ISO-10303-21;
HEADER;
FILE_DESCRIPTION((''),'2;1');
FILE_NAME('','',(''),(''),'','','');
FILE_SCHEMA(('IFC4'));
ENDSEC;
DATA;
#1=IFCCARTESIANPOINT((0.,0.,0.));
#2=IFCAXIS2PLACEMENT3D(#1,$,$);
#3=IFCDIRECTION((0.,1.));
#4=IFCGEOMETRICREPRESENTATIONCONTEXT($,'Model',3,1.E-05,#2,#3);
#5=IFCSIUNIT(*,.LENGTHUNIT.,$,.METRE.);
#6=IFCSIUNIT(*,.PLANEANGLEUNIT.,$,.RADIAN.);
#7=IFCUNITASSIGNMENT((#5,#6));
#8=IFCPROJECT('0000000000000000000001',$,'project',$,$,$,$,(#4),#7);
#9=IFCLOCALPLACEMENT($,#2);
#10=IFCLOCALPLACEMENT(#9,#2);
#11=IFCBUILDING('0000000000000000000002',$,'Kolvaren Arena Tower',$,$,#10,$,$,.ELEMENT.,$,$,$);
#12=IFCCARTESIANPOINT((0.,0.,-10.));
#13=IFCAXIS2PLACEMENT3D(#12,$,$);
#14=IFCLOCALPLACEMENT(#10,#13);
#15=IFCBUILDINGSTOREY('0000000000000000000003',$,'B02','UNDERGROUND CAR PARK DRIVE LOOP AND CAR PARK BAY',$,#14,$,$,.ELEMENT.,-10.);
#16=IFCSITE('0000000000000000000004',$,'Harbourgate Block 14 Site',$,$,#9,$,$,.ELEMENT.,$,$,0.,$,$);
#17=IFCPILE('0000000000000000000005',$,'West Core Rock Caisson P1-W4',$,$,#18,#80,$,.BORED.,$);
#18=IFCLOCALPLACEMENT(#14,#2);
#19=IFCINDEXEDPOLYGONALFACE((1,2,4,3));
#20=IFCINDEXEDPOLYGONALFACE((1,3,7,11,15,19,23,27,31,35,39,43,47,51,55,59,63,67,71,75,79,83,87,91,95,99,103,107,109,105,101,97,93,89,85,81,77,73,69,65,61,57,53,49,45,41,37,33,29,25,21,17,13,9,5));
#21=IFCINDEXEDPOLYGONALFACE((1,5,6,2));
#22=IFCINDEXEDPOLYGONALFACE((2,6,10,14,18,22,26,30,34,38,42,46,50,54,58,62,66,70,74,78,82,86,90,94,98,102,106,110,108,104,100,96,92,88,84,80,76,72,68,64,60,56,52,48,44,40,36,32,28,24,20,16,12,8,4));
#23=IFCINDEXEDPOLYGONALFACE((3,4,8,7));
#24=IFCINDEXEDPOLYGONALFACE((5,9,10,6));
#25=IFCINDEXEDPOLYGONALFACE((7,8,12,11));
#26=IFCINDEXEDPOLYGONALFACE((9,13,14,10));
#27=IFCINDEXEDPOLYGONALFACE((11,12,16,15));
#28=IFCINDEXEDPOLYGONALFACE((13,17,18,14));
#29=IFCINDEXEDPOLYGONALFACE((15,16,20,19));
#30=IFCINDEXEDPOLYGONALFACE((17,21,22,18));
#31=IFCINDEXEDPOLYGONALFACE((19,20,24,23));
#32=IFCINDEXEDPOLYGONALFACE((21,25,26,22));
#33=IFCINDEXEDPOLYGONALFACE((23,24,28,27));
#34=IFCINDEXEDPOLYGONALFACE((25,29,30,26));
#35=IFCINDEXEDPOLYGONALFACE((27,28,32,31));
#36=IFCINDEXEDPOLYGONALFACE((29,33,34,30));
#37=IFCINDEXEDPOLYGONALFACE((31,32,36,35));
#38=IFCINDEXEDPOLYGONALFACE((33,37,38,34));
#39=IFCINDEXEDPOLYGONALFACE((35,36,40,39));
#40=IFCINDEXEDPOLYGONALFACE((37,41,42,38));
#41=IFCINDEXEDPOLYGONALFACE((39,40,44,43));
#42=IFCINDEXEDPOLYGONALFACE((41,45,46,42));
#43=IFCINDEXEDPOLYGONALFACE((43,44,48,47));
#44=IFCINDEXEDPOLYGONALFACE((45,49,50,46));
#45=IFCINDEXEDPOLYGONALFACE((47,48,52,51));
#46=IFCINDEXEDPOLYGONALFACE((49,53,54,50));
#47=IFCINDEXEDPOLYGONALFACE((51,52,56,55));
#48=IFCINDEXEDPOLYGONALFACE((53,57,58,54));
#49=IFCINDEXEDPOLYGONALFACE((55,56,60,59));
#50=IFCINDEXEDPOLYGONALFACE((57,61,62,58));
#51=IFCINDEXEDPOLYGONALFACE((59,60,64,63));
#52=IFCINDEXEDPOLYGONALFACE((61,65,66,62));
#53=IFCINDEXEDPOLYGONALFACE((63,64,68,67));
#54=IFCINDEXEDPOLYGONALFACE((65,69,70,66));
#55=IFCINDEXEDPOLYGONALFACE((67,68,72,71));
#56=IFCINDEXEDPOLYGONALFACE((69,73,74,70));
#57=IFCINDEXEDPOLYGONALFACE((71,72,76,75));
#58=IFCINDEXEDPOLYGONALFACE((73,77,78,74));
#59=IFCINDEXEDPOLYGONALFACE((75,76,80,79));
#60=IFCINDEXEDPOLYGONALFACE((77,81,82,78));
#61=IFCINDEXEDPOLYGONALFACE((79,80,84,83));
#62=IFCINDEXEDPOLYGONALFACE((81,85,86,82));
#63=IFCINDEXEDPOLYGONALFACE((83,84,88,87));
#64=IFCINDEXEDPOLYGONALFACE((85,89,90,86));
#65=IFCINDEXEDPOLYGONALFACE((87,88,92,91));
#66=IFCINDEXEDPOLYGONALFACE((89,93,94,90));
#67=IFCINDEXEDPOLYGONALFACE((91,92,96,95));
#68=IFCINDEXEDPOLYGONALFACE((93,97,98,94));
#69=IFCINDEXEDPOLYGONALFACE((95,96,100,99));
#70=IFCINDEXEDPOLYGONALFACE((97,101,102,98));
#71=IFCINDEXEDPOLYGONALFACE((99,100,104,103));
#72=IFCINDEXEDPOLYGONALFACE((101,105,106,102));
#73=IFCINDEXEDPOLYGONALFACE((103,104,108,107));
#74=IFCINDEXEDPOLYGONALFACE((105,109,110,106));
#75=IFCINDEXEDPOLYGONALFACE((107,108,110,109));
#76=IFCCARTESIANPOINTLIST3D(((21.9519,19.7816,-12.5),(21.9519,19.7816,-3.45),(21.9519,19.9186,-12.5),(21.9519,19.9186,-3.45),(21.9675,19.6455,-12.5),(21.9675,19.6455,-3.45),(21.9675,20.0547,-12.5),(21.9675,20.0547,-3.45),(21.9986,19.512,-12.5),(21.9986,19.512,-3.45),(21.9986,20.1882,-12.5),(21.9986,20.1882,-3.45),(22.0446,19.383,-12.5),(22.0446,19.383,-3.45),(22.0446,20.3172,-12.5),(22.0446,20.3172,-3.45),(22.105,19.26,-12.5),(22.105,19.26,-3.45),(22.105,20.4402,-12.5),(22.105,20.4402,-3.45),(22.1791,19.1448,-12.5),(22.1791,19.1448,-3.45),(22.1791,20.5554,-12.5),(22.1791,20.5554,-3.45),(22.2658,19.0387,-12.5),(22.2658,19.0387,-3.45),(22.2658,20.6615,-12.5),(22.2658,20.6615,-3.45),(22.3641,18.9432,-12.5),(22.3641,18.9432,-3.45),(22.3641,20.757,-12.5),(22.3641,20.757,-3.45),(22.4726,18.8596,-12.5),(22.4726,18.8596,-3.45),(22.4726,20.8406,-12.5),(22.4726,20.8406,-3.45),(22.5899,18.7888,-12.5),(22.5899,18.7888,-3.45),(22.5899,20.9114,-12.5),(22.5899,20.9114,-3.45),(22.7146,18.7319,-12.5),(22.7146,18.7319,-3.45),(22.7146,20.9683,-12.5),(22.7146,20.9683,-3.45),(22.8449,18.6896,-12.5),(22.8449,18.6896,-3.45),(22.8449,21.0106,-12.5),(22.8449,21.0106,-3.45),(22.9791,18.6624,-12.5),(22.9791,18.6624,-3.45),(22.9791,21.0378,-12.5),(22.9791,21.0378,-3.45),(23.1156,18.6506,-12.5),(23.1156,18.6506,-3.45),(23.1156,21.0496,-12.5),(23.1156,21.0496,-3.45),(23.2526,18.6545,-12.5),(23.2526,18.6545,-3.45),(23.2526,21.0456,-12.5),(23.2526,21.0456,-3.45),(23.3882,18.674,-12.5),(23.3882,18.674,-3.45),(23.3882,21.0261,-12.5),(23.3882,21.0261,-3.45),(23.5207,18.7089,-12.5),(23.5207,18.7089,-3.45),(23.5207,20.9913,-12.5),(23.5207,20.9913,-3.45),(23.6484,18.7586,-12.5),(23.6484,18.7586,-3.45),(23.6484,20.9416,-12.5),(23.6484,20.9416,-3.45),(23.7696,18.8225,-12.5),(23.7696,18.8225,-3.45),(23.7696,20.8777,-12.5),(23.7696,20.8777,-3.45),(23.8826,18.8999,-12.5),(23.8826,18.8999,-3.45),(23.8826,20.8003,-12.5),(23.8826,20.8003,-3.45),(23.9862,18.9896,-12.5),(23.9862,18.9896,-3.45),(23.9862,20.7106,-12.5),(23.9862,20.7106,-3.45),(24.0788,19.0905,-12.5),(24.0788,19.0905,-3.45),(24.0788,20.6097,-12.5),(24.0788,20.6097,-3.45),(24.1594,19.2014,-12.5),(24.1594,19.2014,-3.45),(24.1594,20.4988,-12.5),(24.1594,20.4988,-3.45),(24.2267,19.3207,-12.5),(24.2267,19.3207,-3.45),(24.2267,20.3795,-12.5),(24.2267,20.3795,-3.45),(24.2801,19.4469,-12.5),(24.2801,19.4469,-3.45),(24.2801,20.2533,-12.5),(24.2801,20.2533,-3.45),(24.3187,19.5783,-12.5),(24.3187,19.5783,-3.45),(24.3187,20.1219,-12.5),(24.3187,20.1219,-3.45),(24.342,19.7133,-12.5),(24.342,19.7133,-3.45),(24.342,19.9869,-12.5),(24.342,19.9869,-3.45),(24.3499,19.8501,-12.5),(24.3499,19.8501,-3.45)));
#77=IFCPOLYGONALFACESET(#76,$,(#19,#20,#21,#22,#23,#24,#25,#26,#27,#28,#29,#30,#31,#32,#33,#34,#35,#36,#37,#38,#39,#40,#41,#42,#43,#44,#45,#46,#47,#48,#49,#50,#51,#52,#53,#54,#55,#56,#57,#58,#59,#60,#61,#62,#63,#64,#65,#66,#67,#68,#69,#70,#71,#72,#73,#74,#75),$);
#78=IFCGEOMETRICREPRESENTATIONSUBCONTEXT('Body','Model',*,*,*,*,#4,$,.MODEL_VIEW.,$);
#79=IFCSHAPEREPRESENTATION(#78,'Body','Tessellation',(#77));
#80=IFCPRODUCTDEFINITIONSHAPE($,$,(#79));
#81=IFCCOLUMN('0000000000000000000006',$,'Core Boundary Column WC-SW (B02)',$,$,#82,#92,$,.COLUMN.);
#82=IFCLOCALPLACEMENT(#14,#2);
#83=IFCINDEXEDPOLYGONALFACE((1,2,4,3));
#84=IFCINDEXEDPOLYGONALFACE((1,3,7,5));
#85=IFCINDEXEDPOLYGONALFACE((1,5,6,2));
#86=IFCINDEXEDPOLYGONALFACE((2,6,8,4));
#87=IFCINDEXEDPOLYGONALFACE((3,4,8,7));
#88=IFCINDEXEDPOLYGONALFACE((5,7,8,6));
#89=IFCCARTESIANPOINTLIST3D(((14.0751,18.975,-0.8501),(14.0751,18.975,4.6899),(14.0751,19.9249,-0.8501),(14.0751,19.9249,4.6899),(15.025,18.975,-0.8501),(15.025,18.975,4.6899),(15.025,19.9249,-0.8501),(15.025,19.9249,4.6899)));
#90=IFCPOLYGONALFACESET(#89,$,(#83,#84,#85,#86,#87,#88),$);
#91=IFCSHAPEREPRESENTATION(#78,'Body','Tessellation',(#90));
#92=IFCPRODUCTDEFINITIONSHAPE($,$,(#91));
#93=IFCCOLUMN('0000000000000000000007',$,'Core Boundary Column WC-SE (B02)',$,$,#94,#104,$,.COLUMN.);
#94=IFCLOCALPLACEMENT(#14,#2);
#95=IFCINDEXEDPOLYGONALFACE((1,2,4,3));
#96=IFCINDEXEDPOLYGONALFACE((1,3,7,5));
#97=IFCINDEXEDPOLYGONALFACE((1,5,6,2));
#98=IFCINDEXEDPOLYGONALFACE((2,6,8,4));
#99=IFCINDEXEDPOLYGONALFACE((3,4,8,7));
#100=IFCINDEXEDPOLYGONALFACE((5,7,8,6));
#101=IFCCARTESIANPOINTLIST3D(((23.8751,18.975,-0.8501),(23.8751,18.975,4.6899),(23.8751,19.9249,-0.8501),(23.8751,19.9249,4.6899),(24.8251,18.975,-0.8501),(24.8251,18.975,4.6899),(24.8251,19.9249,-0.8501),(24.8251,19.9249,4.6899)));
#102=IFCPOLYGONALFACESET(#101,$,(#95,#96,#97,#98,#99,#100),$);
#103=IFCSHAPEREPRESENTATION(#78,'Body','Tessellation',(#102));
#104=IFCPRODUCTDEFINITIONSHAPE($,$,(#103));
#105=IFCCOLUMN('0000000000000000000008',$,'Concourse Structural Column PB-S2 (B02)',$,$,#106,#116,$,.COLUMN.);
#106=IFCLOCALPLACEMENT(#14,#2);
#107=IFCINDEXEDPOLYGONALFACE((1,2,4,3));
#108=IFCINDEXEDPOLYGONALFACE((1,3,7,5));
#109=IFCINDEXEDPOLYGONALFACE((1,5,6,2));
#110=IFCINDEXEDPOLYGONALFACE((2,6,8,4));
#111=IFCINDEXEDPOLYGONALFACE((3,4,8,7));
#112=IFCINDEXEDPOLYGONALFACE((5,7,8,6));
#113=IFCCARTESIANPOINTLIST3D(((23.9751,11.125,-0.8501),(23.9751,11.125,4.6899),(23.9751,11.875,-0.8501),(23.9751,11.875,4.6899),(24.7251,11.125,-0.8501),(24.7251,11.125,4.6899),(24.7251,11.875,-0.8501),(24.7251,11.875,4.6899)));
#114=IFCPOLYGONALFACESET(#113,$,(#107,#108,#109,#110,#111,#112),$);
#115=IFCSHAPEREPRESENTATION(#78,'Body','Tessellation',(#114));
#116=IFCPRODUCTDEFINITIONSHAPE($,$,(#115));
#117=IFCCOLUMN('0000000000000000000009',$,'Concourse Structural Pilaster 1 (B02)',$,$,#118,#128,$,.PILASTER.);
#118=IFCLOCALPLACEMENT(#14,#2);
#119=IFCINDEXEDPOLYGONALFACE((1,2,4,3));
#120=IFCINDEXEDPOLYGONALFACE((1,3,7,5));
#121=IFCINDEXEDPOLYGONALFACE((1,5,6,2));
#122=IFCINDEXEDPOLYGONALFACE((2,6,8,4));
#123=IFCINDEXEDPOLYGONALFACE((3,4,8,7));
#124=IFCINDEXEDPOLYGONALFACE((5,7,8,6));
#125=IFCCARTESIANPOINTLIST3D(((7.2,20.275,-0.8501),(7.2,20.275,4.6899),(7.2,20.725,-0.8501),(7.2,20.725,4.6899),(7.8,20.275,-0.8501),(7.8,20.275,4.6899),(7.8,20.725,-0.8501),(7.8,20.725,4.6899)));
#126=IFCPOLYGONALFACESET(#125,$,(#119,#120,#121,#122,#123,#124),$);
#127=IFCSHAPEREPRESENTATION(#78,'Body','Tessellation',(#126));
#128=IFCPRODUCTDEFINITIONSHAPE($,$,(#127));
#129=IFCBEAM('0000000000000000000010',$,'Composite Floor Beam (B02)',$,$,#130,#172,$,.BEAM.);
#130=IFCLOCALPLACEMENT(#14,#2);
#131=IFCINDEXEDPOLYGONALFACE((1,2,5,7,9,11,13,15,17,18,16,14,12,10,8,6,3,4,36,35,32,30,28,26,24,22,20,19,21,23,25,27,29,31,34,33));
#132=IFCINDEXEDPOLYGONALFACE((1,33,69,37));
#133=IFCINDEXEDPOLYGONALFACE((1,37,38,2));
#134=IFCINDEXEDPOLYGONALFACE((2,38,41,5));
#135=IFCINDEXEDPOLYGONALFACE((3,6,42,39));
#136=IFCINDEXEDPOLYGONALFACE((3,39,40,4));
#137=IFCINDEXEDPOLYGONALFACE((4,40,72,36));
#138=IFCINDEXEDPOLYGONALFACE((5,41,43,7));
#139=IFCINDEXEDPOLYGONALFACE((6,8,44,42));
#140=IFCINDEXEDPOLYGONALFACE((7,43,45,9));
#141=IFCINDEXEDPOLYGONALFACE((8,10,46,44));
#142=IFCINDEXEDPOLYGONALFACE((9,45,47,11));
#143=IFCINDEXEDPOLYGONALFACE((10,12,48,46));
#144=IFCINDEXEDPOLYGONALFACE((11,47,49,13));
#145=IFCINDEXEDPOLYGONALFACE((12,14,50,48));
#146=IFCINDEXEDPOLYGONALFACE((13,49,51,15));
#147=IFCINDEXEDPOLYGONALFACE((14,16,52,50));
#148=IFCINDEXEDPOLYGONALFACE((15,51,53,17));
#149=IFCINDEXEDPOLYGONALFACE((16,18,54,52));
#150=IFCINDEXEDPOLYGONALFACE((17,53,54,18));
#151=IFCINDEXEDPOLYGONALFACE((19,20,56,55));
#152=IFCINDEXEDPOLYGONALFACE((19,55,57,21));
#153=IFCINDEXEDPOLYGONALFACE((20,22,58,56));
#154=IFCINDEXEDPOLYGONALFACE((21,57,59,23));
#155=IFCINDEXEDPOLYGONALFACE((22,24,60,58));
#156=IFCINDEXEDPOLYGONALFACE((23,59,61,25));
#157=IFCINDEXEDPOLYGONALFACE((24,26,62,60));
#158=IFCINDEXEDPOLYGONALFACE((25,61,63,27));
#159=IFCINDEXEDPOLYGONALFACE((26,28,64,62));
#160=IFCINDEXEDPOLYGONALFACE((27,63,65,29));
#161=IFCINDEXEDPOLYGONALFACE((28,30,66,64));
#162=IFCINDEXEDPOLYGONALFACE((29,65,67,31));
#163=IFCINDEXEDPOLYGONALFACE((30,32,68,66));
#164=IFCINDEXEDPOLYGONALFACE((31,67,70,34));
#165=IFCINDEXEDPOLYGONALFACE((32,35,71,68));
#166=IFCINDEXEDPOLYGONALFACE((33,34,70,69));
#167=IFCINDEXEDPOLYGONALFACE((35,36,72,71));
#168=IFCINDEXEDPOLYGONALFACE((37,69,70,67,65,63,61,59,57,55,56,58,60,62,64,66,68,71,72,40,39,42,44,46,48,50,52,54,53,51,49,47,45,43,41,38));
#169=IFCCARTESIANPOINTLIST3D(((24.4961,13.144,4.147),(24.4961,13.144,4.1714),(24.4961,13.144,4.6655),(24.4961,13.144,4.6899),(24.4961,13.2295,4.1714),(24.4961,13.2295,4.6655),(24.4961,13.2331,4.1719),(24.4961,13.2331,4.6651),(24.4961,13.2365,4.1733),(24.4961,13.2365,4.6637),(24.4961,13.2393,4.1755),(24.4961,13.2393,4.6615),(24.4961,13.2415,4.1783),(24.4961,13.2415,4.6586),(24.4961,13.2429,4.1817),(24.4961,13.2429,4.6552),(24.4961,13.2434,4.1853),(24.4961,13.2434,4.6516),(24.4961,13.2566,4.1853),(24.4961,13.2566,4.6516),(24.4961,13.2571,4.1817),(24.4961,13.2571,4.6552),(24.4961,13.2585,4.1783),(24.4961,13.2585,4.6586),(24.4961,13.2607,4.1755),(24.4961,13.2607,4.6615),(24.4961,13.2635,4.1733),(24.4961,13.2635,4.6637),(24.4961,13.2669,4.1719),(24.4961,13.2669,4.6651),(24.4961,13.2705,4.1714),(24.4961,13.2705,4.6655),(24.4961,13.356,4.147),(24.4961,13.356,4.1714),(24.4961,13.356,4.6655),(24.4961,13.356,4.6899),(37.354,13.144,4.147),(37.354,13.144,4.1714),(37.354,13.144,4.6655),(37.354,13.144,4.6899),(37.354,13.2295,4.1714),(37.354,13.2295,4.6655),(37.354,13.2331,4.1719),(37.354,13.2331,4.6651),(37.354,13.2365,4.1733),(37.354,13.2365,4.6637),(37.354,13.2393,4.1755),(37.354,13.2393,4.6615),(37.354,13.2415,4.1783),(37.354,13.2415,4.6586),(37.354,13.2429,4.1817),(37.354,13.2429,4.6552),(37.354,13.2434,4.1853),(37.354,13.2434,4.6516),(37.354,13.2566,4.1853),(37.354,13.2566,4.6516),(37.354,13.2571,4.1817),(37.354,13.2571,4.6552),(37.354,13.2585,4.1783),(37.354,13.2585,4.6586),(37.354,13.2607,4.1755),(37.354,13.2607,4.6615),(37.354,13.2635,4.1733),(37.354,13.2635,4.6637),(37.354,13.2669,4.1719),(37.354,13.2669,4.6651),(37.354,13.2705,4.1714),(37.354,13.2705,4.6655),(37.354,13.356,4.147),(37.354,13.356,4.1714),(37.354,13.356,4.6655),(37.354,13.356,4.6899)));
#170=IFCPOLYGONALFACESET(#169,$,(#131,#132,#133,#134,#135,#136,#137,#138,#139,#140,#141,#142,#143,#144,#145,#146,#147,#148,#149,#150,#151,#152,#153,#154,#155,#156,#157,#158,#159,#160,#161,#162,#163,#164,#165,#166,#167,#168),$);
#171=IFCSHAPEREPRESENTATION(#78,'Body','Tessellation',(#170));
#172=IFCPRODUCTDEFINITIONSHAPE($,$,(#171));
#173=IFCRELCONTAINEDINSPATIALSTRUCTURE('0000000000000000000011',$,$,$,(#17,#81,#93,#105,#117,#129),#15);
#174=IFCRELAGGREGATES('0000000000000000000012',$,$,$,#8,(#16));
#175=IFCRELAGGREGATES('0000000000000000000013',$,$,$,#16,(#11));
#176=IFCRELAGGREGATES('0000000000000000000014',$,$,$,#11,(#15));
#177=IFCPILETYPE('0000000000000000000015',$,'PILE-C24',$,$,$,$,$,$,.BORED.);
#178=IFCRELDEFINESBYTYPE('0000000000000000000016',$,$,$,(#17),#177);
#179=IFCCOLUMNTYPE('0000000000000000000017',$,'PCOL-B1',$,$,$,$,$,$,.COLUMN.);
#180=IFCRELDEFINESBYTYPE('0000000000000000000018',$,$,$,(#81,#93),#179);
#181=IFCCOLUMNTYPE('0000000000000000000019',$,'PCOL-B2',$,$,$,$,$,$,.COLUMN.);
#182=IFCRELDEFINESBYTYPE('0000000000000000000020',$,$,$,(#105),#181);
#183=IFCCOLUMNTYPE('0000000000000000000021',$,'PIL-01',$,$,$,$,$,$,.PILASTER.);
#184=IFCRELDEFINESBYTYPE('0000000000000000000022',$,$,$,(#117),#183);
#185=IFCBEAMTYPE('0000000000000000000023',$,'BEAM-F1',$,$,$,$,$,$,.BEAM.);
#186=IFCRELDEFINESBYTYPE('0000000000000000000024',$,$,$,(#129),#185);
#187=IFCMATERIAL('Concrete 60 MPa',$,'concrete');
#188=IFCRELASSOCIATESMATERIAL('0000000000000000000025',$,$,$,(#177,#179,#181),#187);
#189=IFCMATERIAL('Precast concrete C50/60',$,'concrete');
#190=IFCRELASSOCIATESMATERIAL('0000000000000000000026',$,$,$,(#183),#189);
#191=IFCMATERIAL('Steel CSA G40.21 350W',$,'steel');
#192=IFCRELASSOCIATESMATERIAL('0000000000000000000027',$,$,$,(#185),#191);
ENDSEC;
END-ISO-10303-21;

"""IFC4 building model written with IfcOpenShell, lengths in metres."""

from ifc_helpers import new_model, si_unit, direction, frame, origin, origin_2d, place, context, subcontext, project, spatial, rectangle, circle, i_section, extrude, material, material_profile, profile_set, type_object, element, save


model = new_model("IFC4")

# Units and contexts
model_context = context("Model", 3, precision=1e-05, world=origin(), true_north=direction((0.0, 1.0)))
body_context = subcontext(model_context, "Body", "Model", "MODEL_VIEW")
ifc_project = project(units=[si_unit("LENGTHUNIT", "METRE"), si_unit("PLANEANGLEUNIT", "RADIAN")], contexts=[model_context])

# Site, building, storey
site_placement = place(None, origin())
site = spatial("IfcSite", under=ifc_project, at=site_placement, Name="Harbourgate Block 14 Site", CompositionType="ELEMENT", RefElevation=0.0)
building_placement = place(site_placement, origin())
building = spatial("IfcBuilding", under=site, at=building_placement, Name="Kolvaren Arena Tower", CompositionType="ELEMENT")
storey_placement = place(building_placement, frame((0.0, 0.0, -10.0)))
storey = spatial("IfcBuildingStorey", under=building, at=storey_placement, Name="B02", Description="UNDERGROUND CAR PARK DRIVE LOOP AND CAR PARK BAY", CompositionType="ELEMENT", Elevation=-10.0)

# Pile
ifc_material_1 = material(Name="Concrete 60 MPa", Category="concrete")
ifc_material_profile_1 = material_profile(ifc_material_1, circle(Radius=1.2, at=origin_2d()), Name="CAISSON-D2400")
ifc_profile_set_1 = profile_set([ifc_material_profile_1], Name="Concrete 60 MPa")
pile_type_1 = type_object("IfcPileType", Name="PILE-C24", PredefinedType="BORED", material=ifc_profile_set_1)
for number, where, z_axis, x_axis, name in (
    (1, (23.1499, 19.8501, -3.45), (0.0, 0.0, -1.0), (1.0, 0.0, 0.0), "West Core Rock Caisson P1-W4"),
):
    element("IfcPile", number, at=place(storey_placement, frame(where, z_axis=z_axis, x_axis=x_axis)), inside=storey, type_object=pile_type_1, Name=name, PredefinedType="BORED", context=body_context, shape_type="SweptSolid", body=[
        extrude(circle(Radius=1.2, at=origin_2d()), origin(), (0.0, 0.0, 1.0), 9.05),
    ])

# Columns
ifc_material_profile_2 = material_profile(ifc_material_1, rectangle(XDim=0.95, YDim=0.95, at=origin_2d()), Name="RC-950x950")
ifc_profile_set_2 = profile_set([ifc_material_profile_2], Name="Concrete 60 MPa")
column_type_1 = type_object("IfcColumnType", Name="PCOL-B1", PredefinedType="COLUMN", material=ifc_profile_set_2)
for number, where, z_axis, x_axis, name in (
    (2, (14.55, 19.45, -0.8501), (0.0, 0.0, 1.0), (1.0, 0.0, 0.0), "Core Boundary Column WC-SW (B02)"),
    (3, (24.3501, 19.45, -0.8501), (0.0, 0.0, 1.0), (1.0, 0.0, 0.0), "Core Boundary Column WC-SE (B02)"),
):
    element("IfcColumn", number, at=place(storey_placement, frame(where, z_axis=z_axis, x_axis=x_axis)), inside=storey, type_object=column_type_1, Name=name, PredefinedType="COLUMN", context=body_context, shape_type="SweptSolid", body=[
        extrude(rectangle(XDim=0.95, YDim=0.95, at=origin_2d()), origin(), (0.0, 0.0, 1.0), 5.54),
    ])
ifc_material_profile_3 = material_profile(ifc_material_1, rectangle(XDim=0.75, YDim=0.75, at=origin_2d()), Name="RC-750x750")
ifc_profile_set_3 = profile_set([ifc_material_profile_3], Name="Concrete 60 MPa")
column_type_2 = type_object("IfcColumnType", Name="PCOL-B2", PredefinedType="COLUMN", material=ifc_profile_set_3)
column_1_placement = place(storey_placement, frame((24.3501, 11.5, -0.8501), z_axis=(0.0, 0.0, 1.0), x_axis=(1.0, 0.0, 0.0)))
element("IfcColumn", 4, at=column_1_placement, inside=storey, type_object=column_type_2, Name="Concourse Structural Column PB-S2 (B02)", PredefinedType="COLUMN", context=body_context, shape_type="SweptSolid", body=[
    extrude(rectangle(XDim=0.75, YDim=0.75, at=origin_2d()), origin(), (0.0, 0.0, 1.0), 5.54),
])
ifc_material_2 = material(Name="Precast concrete C50/60", Category="concrete")
ifc_material_profile_4 = material_profile(ifc_material_2, rectangle(XDim=0.6001, YDim=0.45, at=origin_2d()), Name="RC-600x450")
ifc_profile_set_4 = profile_set([ifc_material_profile_4], Name="Precast concrete C50/60")
column_type_3 = type_object("IfcColumnType", Name="PIL-01", PredefinedType="PILASTER", material=ifc_profile_set_4)
column_2_placement = place(storey_placement, frame((7.5, 20.5, -0.8501), z_axis=(0.0, 0.0, 1.0), x_axis=(1.0, 0.0, 0.0)))
element("IfcColumn", 5, at=column_2_placement, inside=storey, type_object=column_type_3, Name="Concourse Structural Pilaster 1 (B02)", PredefinedType="PILASTER", context=body_context, shape_type="SweptSolid", body=[
    extrude(rectangle(XDim=0.6001, YDim=0.45, at=origin_2d()), origin(), (0.0, 0.0, 1.0), 5.54),
])

# Beam
ifc_material_3 = material(Name="Steel CSA G40.21 350W", Category="steel")
ifc_material_profile_5 = material_profile(ifc_material_3, i_section(OverallWidth=0.2119, OverallDepth=0.543, WebThickness=0.0132, FlangeThickness=0.0244, FilletRadius=0.0139, at=origin_2d()), Name="W530x150")
ifc_profile_set_5 = profile_set([ifc_material_profile_5], Name="Steel CSA G40.21 350W")
beam_type_1 = type_object("IfcBeamType", Name="BEAM-F1", PredefinedType="BEAM", material=ifc_profile_set_5)
for number, where, z_axis, x_axis, name in (
    (6, (24.4961, 13.25, 4.4185), (1.0, 0.0, 0.0), (0.0, 1.0, 0.0), "Composite Floor Beam (B02)"),
):
    element("IfcBeam", number, at=place(storey_placement, frame(where, z_axis=z_axis, x_axis=x_axis)), inside=storey, type_object=beam_type_1, Name=name, PredefinedType="BEAM", context=body_context, shape_type="SweptSolid", body=[
        extrude(i_section(OverallWidth=0.2119, OverallDepth=0.543, WebThickness=0.0132, FlangeThickness=0.0244, FilletRadius=0.0139, at=origin_2d()), origin(), (0.0, 0.0, 1.0), 12.8579),
    ])

save(model, "model.ifc")
